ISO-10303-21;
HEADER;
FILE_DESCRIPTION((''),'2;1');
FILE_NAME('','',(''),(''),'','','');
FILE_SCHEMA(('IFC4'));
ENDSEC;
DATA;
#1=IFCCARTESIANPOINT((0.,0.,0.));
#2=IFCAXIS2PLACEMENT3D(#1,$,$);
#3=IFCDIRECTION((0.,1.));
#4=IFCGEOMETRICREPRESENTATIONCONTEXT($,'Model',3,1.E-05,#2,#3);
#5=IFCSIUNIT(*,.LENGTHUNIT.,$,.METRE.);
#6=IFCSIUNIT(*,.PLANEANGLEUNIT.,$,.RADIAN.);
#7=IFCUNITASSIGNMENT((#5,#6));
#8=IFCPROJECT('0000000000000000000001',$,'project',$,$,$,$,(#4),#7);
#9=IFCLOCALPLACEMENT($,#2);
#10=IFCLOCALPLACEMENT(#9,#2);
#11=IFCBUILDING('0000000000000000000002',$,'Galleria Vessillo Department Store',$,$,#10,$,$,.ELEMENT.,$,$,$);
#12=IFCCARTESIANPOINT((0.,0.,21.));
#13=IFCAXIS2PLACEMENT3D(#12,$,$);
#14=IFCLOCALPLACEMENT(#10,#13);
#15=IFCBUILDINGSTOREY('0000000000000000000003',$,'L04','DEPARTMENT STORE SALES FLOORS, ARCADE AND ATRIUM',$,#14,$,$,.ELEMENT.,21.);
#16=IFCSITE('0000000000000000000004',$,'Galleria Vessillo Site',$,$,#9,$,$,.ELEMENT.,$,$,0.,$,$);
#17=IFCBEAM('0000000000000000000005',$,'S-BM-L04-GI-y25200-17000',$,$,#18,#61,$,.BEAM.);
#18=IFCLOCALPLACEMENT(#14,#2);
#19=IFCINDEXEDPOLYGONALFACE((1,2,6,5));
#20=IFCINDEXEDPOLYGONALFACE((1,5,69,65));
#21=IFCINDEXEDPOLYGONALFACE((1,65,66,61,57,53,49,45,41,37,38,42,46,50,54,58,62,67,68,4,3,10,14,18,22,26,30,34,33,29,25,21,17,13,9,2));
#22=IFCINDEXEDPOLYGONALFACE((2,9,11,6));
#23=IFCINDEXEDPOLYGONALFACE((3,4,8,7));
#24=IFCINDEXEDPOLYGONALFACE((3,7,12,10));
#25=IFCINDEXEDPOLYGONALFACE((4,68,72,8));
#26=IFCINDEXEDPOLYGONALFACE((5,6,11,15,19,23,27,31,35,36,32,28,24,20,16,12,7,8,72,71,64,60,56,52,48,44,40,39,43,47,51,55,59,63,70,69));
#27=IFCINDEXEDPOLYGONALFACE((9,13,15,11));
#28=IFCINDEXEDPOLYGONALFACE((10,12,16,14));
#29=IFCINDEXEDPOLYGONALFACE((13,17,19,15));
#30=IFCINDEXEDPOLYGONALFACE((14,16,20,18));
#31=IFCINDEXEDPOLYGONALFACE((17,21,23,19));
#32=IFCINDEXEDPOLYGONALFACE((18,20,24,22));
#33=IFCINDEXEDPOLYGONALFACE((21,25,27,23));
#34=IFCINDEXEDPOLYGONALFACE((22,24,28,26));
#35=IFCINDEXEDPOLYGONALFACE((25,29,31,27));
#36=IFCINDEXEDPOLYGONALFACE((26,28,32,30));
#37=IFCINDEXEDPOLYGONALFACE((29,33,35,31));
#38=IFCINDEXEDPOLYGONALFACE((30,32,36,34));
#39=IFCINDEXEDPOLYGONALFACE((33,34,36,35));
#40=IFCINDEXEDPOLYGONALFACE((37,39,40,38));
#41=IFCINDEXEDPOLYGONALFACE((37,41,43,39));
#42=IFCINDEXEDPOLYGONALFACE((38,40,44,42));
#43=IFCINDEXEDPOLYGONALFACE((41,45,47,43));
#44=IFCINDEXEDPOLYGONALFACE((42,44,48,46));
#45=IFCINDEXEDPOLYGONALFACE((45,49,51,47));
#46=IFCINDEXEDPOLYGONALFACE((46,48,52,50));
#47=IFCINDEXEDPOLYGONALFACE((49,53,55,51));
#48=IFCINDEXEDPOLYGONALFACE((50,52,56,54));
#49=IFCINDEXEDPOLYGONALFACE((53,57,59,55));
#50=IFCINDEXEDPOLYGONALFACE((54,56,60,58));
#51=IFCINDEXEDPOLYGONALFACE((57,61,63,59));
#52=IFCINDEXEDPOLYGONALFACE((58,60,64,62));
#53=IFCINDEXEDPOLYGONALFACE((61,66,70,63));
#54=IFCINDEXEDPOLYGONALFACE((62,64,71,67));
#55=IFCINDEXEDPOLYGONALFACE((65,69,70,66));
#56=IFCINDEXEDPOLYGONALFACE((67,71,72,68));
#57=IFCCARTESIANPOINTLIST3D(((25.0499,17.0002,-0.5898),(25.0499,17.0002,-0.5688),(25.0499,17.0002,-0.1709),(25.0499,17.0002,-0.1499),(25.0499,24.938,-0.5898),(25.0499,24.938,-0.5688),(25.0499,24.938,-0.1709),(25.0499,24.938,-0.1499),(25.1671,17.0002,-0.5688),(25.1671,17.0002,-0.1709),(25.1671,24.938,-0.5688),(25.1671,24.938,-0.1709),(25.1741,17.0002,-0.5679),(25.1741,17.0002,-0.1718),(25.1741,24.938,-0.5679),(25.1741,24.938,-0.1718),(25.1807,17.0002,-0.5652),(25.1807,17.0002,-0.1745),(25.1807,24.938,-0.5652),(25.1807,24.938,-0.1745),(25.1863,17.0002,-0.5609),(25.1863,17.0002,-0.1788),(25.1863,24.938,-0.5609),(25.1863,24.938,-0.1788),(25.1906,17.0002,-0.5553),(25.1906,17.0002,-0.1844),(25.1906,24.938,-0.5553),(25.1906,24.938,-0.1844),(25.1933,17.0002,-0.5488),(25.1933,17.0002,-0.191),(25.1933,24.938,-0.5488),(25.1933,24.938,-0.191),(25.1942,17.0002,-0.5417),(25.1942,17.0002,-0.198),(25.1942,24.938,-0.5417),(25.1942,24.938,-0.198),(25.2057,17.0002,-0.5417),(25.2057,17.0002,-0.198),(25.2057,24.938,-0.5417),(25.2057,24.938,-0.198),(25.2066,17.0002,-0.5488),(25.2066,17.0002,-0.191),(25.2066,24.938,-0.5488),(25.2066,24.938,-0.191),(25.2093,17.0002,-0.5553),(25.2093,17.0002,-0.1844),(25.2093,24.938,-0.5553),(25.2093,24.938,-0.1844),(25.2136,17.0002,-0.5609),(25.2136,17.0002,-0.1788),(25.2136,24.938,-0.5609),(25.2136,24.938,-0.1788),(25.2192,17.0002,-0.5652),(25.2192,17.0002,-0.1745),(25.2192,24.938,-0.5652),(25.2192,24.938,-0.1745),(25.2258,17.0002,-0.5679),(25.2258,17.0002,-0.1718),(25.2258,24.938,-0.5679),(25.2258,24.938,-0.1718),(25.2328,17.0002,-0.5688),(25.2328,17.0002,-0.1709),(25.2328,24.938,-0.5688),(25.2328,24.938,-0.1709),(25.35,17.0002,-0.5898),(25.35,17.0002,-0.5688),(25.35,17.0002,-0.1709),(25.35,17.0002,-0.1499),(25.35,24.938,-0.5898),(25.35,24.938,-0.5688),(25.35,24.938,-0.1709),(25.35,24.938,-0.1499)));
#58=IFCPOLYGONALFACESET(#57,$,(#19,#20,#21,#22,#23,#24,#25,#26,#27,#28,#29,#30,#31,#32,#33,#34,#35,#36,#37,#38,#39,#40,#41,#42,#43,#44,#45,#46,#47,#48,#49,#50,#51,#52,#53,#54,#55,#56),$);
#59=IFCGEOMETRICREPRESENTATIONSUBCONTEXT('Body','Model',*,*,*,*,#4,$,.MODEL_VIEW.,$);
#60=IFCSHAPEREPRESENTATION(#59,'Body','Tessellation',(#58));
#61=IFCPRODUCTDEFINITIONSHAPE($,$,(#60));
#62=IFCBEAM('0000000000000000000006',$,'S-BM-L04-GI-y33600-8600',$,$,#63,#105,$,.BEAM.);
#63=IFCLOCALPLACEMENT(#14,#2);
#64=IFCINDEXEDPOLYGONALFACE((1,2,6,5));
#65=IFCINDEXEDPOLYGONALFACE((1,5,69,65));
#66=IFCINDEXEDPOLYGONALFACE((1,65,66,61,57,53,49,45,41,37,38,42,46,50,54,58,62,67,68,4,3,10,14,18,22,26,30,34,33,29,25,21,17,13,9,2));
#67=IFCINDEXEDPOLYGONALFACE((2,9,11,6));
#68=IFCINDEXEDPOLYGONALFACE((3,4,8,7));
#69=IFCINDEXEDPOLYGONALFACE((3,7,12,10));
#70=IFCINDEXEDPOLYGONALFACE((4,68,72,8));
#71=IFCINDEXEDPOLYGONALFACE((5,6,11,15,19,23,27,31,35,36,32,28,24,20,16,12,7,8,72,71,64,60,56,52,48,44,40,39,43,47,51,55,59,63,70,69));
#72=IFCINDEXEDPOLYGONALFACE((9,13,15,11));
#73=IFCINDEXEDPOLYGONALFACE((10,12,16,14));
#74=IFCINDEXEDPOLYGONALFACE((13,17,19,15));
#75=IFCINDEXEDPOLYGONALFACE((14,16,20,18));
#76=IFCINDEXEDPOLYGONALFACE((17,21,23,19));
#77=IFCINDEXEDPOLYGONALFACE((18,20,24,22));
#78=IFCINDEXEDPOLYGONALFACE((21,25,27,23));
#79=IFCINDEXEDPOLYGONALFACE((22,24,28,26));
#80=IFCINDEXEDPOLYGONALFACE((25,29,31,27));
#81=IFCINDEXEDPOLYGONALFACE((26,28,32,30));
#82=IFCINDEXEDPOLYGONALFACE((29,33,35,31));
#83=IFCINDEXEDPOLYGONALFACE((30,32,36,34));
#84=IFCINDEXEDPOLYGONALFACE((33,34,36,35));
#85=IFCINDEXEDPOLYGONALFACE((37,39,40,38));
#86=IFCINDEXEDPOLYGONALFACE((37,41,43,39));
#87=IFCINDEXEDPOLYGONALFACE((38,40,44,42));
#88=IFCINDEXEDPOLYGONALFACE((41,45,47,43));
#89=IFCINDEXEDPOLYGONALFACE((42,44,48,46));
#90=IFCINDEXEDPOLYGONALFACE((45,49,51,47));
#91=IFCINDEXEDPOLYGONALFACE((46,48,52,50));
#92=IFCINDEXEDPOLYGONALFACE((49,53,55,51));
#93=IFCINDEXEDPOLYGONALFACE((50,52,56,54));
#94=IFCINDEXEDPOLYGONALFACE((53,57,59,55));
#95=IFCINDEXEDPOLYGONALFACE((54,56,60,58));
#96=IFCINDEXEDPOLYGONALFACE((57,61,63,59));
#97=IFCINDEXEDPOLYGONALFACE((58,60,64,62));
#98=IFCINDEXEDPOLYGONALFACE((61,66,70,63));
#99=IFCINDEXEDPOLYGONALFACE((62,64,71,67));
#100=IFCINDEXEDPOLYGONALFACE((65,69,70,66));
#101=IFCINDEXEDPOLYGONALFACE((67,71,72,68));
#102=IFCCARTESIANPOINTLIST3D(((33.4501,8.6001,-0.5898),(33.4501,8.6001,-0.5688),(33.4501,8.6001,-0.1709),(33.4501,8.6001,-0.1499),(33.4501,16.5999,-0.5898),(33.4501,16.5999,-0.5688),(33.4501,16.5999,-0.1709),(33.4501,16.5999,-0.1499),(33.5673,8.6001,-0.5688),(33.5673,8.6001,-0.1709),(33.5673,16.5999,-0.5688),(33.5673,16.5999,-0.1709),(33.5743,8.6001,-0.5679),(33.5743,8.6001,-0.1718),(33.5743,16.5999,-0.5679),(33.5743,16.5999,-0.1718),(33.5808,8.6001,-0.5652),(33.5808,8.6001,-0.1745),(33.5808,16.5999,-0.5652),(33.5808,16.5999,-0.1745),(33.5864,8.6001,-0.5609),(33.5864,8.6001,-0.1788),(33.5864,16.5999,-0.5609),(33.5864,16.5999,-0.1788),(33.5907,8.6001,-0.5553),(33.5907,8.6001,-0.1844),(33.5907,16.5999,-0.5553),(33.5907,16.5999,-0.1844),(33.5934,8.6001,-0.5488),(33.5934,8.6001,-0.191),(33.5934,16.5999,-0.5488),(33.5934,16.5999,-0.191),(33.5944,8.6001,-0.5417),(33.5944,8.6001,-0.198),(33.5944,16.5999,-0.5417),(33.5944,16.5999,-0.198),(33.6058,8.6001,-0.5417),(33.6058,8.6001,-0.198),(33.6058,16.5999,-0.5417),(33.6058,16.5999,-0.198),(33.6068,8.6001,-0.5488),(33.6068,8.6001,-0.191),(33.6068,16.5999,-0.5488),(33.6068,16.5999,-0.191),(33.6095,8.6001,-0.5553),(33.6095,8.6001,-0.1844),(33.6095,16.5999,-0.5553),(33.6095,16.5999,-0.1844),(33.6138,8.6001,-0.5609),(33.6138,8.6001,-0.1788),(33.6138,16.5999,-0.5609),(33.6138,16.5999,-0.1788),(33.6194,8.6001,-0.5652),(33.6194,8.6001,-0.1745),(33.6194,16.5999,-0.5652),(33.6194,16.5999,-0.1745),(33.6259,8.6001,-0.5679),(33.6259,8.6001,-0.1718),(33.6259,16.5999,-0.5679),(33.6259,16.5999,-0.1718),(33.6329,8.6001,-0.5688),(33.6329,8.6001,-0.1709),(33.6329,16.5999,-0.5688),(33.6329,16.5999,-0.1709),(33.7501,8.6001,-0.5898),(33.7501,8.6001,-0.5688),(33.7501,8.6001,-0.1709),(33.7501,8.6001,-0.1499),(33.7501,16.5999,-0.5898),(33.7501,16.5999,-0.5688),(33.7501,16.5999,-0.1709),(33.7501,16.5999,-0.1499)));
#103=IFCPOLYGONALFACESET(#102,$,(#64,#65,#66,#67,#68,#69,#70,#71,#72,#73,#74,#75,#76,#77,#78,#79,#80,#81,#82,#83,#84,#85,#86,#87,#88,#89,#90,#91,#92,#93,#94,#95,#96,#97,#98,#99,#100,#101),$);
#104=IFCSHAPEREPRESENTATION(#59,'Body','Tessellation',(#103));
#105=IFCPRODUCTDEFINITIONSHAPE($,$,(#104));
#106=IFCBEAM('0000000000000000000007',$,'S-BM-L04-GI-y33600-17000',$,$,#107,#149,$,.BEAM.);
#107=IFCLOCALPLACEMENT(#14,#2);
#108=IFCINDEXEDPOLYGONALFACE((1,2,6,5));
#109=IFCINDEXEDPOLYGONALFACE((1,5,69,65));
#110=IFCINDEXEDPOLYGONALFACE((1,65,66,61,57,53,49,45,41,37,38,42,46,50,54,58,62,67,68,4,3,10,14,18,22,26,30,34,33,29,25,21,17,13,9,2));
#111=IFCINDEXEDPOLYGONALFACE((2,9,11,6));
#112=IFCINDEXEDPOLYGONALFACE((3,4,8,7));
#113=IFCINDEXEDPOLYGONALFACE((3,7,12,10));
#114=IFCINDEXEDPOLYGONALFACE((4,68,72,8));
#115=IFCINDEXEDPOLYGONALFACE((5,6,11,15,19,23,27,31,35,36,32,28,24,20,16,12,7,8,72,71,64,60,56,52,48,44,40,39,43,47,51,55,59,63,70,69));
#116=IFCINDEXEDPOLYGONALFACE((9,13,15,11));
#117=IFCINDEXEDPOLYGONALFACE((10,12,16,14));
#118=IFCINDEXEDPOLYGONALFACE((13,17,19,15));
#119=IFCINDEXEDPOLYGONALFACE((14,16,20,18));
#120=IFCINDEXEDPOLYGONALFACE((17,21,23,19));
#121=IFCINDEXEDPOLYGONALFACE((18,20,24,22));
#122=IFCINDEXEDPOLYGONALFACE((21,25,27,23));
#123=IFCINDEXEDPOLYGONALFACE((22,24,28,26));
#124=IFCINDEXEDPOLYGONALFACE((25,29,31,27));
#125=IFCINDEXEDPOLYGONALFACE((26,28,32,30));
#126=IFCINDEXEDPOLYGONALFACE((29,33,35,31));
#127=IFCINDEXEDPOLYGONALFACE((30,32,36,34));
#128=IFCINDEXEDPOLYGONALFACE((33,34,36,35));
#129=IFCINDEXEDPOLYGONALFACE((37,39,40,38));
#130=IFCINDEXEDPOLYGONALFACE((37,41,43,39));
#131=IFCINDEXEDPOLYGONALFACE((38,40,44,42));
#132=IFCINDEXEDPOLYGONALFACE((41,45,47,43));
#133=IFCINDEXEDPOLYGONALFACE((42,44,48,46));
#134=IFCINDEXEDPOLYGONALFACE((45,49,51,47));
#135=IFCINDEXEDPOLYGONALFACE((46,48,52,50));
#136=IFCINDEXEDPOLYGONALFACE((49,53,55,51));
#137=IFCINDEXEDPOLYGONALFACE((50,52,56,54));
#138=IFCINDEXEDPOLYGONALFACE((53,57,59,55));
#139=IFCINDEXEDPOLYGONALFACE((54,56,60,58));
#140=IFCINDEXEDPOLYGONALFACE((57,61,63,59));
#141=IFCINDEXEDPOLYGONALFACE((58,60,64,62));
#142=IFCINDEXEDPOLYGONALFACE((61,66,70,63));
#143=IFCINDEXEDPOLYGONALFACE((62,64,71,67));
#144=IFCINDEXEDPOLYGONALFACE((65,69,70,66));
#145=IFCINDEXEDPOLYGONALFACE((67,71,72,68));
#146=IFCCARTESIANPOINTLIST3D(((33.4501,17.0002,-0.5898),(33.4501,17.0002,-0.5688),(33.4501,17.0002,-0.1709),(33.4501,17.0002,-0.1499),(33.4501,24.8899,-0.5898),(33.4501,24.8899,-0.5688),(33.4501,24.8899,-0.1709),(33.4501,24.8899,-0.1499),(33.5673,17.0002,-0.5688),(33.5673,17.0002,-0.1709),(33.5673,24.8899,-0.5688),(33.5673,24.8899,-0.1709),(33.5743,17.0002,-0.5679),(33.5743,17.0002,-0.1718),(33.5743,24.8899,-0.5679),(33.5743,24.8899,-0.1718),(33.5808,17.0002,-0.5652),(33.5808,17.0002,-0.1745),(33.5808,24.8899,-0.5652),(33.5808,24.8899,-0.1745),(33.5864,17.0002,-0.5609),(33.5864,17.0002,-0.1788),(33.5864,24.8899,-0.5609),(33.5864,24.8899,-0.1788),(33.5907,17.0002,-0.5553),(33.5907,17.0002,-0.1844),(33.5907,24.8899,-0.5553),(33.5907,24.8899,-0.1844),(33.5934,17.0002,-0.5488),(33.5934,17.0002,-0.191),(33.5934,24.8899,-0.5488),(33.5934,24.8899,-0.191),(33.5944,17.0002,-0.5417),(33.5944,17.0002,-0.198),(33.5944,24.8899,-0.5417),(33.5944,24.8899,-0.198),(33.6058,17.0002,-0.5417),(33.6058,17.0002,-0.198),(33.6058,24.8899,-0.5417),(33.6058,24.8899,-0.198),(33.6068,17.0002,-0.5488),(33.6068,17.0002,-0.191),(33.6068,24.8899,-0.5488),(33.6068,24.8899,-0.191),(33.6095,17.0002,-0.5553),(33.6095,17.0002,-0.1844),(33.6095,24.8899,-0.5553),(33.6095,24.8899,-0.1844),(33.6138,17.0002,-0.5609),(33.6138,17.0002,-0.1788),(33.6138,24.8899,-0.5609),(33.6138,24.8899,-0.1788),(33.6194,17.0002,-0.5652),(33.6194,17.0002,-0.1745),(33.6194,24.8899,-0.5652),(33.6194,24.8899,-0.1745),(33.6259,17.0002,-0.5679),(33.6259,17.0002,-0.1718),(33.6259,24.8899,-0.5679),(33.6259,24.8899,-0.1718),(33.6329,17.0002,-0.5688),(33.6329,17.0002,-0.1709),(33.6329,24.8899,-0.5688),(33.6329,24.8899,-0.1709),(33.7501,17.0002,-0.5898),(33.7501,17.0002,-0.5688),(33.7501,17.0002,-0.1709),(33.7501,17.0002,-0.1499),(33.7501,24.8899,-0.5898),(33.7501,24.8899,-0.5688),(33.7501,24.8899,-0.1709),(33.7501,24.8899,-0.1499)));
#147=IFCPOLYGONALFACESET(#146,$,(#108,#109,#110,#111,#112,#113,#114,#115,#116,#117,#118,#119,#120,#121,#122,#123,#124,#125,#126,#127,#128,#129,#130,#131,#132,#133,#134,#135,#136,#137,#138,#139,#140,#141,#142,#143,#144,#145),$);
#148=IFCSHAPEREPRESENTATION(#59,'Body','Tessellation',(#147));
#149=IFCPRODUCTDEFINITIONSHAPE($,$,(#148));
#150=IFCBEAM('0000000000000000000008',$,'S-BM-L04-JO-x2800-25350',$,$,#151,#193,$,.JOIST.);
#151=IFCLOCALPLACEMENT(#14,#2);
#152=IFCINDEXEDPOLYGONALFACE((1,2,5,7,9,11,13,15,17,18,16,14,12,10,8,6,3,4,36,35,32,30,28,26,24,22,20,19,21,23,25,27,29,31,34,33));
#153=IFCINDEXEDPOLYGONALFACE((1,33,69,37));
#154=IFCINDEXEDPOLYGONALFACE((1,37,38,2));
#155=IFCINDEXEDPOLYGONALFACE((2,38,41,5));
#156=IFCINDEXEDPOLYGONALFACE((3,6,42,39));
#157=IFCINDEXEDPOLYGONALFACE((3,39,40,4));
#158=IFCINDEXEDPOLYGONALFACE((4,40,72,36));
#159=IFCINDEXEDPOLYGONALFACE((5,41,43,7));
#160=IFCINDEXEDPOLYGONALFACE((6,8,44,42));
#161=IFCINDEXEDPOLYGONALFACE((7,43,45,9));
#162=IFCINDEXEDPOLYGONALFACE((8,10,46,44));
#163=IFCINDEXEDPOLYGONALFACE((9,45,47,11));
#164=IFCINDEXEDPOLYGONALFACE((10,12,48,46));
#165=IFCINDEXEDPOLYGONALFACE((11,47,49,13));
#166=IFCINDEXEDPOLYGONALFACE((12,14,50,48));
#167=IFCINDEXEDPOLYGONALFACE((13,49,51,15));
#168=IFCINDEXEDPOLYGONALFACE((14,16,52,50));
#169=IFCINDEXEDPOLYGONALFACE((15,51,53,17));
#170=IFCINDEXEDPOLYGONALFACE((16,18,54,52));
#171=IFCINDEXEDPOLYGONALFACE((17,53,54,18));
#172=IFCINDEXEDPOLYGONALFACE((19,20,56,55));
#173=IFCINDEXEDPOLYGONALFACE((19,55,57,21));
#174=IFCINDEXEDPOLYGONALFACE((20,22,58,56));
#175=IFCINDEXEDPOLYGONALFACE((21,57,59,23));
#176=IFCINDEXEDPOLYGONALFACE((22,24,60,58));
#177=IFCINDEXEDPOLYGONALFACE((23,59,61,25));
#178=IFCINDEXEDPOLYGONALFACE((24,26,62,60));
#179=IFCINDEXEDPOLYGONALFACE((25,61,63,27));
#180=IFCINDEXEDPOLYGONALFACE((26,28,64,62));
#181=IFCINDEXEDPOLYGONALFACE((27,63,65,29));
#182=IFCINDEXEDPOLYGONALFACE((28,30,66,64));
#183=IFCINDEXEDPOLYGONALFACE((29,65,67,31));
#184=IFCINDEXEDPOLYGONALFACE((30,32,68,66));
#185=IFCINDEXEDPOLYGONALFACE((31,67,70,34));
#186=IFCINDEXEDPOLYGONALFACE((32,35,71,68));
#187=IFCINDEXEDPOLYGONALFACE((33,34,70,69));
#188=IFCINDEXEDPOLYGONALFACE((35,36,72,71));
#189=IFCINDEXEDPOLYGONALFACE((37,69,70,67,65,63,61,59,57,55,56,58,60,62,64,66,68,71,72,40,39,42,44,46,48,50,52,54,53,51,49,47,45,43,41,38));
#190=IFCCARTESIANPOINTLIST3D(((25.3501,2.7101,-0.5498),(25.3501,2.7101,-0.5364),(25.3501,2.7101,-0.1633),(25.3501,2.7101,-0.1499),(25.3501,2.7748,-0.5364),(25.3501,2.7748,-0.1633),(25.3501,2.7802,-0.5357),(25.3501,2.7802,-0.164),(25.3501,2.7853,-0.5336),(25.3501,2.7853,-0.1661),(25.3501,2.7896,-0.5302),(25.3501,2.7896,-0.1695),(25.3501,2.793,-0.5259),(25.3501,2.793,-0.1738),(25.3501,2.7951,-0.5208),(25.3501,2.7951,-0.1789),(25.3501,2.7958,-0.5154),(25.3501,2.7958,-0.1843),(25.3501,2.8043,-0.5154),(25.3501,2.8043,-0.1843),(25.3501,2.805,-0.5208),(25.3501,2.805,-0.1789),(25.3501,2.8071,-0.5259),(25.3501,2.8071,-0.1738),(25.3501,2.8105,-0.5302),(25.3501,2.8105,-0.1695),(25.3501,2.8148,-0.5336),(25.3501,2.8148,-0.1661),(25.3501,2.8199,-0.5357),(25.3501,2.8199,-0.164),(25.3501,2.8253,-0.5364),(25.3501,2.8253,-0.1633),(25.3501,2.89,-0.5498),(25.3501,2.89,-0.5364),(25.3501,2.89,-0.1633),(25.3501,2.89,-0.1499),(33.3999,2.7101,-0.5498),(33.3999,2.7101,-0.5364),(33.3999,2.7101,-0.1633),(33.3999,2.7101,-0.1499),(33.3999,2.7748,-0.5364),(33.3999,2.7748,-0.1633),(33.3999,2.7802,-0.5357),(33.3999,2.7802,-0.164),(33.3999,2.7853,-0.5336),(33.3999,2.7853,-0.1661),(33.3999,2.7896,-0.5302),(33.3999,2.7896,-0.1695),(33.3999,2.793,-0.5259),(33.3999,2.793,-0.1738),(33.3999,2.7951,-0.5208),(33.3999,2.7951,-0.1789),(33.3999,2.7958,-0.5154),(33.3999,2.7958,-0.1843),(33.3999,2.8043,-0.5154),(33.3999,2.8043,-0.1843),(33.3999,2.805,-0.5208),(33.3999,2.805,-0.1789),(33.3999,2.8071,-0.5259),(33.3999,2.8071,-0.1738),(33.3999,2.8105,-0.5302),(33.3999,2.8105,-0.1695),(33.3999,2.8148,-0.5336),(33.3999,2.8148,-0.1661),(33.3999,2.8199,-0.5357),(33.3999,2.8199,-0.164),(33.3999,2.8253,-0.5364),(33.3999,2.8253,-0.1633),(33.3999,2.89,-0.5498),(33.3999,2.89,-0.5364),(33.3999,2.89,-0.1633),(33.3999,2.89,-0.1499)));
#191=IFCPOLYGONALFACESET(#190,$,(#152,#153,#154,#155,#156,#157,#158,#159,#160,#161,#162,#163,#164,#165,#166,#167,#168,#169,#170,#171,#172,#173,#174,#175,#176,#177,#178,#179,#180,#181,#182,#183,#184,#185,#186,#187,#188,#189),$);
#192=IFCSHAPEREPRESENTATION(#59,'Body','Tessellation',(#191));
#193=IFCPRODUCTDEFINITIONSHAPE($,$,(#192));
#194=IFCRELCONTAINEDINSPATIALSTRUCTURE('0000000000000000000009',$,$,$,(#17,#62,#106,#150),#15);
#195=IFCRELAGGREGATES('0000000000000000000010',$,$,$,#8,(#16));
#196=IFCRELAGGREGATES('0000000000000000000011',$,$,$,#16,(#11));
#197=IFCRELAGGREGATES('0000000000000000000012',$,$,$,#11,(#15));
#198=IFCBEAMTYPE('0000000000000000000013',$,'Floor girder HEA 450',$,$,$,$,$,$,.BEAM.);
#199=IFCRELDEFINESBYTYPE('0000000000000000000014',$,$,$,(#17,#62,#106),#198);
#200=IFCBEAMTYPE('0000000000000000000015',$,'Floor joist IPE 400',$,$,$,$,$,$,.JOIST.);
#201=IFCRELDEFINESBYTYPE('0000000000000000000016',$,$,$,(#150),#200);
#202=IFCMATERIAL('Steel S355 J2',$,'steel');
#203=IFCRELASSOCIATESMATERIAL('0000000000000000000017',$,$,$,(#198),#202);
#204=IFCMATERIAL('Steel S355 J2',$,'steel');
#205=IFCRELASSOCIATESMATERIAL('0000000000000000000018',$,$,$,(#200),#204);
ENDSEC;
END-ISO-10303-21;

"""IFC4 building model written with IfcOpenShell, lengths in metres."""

from ifc_helpers import new_model, si_unit, direction, frame, origin, origin_2d, place, context, subcontext, project, spatial, i_section, extrude, material, material_profile, profile_set, type_object, element, save


model = new_model("IFC4")

# Units and contexts
model_context = context("Model", 3, precision=1e-05, world=origin(), true_north=direction((0.0, 1.0)))
body_context = subcontext(model_context, "Body", "Model", "MODEL_VIEW")
ifc_project = project(units=[si_unit("LENGTHUNIT", "METRE"), si_unit("PLANEANGLEUNIT", "RADIAN")], contexts=[model_context])

# Site, building, storey
site_placement = place(None, origin())
site = spatial("IfcSite", under=ifc_project, at=site_placement, Name="Galleria Vessillo Site", CompositionType="ELEMENT", RefElevation=0.0)
building_placement = place(site_placement, origin())
building = spatial("IfcBuilding", under=site, at=building_placement, Name="Galleria Vessillo Department Store", CompositionType="ELEMENT")
storey_placement = place(building_placement, frame((0.0, 0.0, 21.0)))
storey = spatial("IfcBuildingStorey", under=building, at=storey_placement, Name="L04", Description="DEPARTMENT STORE SALES FLOORS, ARCADE AND ATRIUM", CompositionType="ELEMENT", Elevation=21.0)

# Beams
ifc_material_1 = material(Name="Steel S355 J2", Category="steel")
ifc_material_profile_1 = material_profile(ifc_material_1, i_section(OverallWidth=0.3, OverallDepth=0.4399, WebThickness=0.0115, FlangeThickness=0.021, FilletRadius=0.0271, at=origin_2d()), Name="HEA 450")
ifc_profile_set_1 = profile_set([ifc_material_profile_1], Name="Steel S355 J2")
beam_type_1 = type_object("IfcBeamType", Name="Floor girder HEA 450", PredefinedType="BEAM", material=ifc_profile_set_1)
beam_1_placement = place(storey_placement, frame((25.2, 17.0002, -0.3699), z_axis=(0.0, 1.0, 0.0), x_axis=(-1.0, 0.0, 0.0)))
element("IfcBeam", 1, at=beam_1_placement, inside=storey, type_object=beam_type_1, Name="S-BM-L04-GI-y25200-17000", PredefinedType="BEAM", context=body_context, shape_type="SweptSolid", body=[
    extrude(i_section(OverallWidth=0.3, OverallDepth=0.4399, WebThickness=0.0115, FlangeThickness=0.021, FilletRadius=0.0271, at=origin_2d()), origin(), (0.0, 0.0, 1.0), 7.9377),
])
beam_2_placement = place(storey_placement, frame((33.6001, 8.6001, -0.3699), z_axis=(0.0, 1.0, 0.0), x_axis=(-1.0, 0.0, 0.0)))
element("IfcBeam", 2, at=beam_2_placement, inside=storey, type_object=beam_type_1, Name="S-BM-L04-GI-y33600-8600", PredefinedType="BEAM", context=body_context, shape_type="SweptSolid", body=[
    extrude(i_section(OverallWidth=0.3, OverallDepth=0.4399, WebThickness=0.0115, FlangeThickness=0.021, FilletRadius=0.0271, at=origin_2d()), origin(), (0.0, 0.0, 1.0), 7.9998),
])
beam_3_placement = place(storey_placement, frame((33.6001, 17.0002, -0.3699), z_axis=(0.0, 1.0, 0.0), x_axis=(-1.0, 0.0, 0.0)))
element("IfcBeam", 3, at=beam_3_placement, inside=storey, type_object=beam_type_1, Name="S-BM-L04-GI-y33600-17000", PredefinedType="BEAM", context=body_context, shape_type="SweptSolid", body=[
    extrude(i_section(OverallWidth=0.3, OverallDepth=0.4399, WebThickness=0.0115, FlangeThickness=0.021, FilletRadius=0.0271, at=origin_2d()), origin(), (0.0, 0.0, 1.0), 7.8896),
])
ifc_material_2 = material(Name="Steel S355 J2", Category="steel")
ifc_material_profile_2 = material_profile(ifc_material_2, i_section(OverallWidth=0.1799, OverallDepth=0.3999, WebThickness=0.0085, FlangeThickness=0.0134, FilletRadius=0.021, at=origin_2d()), Name="IPE 400")
ifc_profile_set_2 = profile_set([ifc_material_profile_2], Name="Steel S355 J2")
beam_type_2 = type_object("IfcBeamType", Name="Floor joist IPE 400", PredefinedType="JOIST", material=ifc_profile_set_2)
for number, where, z_axis, x_axis, name in (
    (4, (25.3501, 2.8, -0.3499), (1.0, 0.0, 0.0), (0.0, 1.0, 0.0), "S-BM-L04-JO-x2800-25350"),
):
    element("IfcBeam", number, at=place(storey_placement, frame(where, z_axis=z_axis, x_axis=x_axis)), inside=storey, type_object=beam_type_2, Name=name, PredefinedType="JOIST", context=body_context, shape_type="SweptSolid", body=[
        extrude(i_section(OverallWidth=0.1799, OverallDepth=0.3999, WebThickness=0.0085, FlangeThickness=0.0134, FilletRadius=0.021, at=origin_2d()), origin(), (0.0, 0.0, 1.0), 8.0498),
    ])

save(model, "model.ifc")
